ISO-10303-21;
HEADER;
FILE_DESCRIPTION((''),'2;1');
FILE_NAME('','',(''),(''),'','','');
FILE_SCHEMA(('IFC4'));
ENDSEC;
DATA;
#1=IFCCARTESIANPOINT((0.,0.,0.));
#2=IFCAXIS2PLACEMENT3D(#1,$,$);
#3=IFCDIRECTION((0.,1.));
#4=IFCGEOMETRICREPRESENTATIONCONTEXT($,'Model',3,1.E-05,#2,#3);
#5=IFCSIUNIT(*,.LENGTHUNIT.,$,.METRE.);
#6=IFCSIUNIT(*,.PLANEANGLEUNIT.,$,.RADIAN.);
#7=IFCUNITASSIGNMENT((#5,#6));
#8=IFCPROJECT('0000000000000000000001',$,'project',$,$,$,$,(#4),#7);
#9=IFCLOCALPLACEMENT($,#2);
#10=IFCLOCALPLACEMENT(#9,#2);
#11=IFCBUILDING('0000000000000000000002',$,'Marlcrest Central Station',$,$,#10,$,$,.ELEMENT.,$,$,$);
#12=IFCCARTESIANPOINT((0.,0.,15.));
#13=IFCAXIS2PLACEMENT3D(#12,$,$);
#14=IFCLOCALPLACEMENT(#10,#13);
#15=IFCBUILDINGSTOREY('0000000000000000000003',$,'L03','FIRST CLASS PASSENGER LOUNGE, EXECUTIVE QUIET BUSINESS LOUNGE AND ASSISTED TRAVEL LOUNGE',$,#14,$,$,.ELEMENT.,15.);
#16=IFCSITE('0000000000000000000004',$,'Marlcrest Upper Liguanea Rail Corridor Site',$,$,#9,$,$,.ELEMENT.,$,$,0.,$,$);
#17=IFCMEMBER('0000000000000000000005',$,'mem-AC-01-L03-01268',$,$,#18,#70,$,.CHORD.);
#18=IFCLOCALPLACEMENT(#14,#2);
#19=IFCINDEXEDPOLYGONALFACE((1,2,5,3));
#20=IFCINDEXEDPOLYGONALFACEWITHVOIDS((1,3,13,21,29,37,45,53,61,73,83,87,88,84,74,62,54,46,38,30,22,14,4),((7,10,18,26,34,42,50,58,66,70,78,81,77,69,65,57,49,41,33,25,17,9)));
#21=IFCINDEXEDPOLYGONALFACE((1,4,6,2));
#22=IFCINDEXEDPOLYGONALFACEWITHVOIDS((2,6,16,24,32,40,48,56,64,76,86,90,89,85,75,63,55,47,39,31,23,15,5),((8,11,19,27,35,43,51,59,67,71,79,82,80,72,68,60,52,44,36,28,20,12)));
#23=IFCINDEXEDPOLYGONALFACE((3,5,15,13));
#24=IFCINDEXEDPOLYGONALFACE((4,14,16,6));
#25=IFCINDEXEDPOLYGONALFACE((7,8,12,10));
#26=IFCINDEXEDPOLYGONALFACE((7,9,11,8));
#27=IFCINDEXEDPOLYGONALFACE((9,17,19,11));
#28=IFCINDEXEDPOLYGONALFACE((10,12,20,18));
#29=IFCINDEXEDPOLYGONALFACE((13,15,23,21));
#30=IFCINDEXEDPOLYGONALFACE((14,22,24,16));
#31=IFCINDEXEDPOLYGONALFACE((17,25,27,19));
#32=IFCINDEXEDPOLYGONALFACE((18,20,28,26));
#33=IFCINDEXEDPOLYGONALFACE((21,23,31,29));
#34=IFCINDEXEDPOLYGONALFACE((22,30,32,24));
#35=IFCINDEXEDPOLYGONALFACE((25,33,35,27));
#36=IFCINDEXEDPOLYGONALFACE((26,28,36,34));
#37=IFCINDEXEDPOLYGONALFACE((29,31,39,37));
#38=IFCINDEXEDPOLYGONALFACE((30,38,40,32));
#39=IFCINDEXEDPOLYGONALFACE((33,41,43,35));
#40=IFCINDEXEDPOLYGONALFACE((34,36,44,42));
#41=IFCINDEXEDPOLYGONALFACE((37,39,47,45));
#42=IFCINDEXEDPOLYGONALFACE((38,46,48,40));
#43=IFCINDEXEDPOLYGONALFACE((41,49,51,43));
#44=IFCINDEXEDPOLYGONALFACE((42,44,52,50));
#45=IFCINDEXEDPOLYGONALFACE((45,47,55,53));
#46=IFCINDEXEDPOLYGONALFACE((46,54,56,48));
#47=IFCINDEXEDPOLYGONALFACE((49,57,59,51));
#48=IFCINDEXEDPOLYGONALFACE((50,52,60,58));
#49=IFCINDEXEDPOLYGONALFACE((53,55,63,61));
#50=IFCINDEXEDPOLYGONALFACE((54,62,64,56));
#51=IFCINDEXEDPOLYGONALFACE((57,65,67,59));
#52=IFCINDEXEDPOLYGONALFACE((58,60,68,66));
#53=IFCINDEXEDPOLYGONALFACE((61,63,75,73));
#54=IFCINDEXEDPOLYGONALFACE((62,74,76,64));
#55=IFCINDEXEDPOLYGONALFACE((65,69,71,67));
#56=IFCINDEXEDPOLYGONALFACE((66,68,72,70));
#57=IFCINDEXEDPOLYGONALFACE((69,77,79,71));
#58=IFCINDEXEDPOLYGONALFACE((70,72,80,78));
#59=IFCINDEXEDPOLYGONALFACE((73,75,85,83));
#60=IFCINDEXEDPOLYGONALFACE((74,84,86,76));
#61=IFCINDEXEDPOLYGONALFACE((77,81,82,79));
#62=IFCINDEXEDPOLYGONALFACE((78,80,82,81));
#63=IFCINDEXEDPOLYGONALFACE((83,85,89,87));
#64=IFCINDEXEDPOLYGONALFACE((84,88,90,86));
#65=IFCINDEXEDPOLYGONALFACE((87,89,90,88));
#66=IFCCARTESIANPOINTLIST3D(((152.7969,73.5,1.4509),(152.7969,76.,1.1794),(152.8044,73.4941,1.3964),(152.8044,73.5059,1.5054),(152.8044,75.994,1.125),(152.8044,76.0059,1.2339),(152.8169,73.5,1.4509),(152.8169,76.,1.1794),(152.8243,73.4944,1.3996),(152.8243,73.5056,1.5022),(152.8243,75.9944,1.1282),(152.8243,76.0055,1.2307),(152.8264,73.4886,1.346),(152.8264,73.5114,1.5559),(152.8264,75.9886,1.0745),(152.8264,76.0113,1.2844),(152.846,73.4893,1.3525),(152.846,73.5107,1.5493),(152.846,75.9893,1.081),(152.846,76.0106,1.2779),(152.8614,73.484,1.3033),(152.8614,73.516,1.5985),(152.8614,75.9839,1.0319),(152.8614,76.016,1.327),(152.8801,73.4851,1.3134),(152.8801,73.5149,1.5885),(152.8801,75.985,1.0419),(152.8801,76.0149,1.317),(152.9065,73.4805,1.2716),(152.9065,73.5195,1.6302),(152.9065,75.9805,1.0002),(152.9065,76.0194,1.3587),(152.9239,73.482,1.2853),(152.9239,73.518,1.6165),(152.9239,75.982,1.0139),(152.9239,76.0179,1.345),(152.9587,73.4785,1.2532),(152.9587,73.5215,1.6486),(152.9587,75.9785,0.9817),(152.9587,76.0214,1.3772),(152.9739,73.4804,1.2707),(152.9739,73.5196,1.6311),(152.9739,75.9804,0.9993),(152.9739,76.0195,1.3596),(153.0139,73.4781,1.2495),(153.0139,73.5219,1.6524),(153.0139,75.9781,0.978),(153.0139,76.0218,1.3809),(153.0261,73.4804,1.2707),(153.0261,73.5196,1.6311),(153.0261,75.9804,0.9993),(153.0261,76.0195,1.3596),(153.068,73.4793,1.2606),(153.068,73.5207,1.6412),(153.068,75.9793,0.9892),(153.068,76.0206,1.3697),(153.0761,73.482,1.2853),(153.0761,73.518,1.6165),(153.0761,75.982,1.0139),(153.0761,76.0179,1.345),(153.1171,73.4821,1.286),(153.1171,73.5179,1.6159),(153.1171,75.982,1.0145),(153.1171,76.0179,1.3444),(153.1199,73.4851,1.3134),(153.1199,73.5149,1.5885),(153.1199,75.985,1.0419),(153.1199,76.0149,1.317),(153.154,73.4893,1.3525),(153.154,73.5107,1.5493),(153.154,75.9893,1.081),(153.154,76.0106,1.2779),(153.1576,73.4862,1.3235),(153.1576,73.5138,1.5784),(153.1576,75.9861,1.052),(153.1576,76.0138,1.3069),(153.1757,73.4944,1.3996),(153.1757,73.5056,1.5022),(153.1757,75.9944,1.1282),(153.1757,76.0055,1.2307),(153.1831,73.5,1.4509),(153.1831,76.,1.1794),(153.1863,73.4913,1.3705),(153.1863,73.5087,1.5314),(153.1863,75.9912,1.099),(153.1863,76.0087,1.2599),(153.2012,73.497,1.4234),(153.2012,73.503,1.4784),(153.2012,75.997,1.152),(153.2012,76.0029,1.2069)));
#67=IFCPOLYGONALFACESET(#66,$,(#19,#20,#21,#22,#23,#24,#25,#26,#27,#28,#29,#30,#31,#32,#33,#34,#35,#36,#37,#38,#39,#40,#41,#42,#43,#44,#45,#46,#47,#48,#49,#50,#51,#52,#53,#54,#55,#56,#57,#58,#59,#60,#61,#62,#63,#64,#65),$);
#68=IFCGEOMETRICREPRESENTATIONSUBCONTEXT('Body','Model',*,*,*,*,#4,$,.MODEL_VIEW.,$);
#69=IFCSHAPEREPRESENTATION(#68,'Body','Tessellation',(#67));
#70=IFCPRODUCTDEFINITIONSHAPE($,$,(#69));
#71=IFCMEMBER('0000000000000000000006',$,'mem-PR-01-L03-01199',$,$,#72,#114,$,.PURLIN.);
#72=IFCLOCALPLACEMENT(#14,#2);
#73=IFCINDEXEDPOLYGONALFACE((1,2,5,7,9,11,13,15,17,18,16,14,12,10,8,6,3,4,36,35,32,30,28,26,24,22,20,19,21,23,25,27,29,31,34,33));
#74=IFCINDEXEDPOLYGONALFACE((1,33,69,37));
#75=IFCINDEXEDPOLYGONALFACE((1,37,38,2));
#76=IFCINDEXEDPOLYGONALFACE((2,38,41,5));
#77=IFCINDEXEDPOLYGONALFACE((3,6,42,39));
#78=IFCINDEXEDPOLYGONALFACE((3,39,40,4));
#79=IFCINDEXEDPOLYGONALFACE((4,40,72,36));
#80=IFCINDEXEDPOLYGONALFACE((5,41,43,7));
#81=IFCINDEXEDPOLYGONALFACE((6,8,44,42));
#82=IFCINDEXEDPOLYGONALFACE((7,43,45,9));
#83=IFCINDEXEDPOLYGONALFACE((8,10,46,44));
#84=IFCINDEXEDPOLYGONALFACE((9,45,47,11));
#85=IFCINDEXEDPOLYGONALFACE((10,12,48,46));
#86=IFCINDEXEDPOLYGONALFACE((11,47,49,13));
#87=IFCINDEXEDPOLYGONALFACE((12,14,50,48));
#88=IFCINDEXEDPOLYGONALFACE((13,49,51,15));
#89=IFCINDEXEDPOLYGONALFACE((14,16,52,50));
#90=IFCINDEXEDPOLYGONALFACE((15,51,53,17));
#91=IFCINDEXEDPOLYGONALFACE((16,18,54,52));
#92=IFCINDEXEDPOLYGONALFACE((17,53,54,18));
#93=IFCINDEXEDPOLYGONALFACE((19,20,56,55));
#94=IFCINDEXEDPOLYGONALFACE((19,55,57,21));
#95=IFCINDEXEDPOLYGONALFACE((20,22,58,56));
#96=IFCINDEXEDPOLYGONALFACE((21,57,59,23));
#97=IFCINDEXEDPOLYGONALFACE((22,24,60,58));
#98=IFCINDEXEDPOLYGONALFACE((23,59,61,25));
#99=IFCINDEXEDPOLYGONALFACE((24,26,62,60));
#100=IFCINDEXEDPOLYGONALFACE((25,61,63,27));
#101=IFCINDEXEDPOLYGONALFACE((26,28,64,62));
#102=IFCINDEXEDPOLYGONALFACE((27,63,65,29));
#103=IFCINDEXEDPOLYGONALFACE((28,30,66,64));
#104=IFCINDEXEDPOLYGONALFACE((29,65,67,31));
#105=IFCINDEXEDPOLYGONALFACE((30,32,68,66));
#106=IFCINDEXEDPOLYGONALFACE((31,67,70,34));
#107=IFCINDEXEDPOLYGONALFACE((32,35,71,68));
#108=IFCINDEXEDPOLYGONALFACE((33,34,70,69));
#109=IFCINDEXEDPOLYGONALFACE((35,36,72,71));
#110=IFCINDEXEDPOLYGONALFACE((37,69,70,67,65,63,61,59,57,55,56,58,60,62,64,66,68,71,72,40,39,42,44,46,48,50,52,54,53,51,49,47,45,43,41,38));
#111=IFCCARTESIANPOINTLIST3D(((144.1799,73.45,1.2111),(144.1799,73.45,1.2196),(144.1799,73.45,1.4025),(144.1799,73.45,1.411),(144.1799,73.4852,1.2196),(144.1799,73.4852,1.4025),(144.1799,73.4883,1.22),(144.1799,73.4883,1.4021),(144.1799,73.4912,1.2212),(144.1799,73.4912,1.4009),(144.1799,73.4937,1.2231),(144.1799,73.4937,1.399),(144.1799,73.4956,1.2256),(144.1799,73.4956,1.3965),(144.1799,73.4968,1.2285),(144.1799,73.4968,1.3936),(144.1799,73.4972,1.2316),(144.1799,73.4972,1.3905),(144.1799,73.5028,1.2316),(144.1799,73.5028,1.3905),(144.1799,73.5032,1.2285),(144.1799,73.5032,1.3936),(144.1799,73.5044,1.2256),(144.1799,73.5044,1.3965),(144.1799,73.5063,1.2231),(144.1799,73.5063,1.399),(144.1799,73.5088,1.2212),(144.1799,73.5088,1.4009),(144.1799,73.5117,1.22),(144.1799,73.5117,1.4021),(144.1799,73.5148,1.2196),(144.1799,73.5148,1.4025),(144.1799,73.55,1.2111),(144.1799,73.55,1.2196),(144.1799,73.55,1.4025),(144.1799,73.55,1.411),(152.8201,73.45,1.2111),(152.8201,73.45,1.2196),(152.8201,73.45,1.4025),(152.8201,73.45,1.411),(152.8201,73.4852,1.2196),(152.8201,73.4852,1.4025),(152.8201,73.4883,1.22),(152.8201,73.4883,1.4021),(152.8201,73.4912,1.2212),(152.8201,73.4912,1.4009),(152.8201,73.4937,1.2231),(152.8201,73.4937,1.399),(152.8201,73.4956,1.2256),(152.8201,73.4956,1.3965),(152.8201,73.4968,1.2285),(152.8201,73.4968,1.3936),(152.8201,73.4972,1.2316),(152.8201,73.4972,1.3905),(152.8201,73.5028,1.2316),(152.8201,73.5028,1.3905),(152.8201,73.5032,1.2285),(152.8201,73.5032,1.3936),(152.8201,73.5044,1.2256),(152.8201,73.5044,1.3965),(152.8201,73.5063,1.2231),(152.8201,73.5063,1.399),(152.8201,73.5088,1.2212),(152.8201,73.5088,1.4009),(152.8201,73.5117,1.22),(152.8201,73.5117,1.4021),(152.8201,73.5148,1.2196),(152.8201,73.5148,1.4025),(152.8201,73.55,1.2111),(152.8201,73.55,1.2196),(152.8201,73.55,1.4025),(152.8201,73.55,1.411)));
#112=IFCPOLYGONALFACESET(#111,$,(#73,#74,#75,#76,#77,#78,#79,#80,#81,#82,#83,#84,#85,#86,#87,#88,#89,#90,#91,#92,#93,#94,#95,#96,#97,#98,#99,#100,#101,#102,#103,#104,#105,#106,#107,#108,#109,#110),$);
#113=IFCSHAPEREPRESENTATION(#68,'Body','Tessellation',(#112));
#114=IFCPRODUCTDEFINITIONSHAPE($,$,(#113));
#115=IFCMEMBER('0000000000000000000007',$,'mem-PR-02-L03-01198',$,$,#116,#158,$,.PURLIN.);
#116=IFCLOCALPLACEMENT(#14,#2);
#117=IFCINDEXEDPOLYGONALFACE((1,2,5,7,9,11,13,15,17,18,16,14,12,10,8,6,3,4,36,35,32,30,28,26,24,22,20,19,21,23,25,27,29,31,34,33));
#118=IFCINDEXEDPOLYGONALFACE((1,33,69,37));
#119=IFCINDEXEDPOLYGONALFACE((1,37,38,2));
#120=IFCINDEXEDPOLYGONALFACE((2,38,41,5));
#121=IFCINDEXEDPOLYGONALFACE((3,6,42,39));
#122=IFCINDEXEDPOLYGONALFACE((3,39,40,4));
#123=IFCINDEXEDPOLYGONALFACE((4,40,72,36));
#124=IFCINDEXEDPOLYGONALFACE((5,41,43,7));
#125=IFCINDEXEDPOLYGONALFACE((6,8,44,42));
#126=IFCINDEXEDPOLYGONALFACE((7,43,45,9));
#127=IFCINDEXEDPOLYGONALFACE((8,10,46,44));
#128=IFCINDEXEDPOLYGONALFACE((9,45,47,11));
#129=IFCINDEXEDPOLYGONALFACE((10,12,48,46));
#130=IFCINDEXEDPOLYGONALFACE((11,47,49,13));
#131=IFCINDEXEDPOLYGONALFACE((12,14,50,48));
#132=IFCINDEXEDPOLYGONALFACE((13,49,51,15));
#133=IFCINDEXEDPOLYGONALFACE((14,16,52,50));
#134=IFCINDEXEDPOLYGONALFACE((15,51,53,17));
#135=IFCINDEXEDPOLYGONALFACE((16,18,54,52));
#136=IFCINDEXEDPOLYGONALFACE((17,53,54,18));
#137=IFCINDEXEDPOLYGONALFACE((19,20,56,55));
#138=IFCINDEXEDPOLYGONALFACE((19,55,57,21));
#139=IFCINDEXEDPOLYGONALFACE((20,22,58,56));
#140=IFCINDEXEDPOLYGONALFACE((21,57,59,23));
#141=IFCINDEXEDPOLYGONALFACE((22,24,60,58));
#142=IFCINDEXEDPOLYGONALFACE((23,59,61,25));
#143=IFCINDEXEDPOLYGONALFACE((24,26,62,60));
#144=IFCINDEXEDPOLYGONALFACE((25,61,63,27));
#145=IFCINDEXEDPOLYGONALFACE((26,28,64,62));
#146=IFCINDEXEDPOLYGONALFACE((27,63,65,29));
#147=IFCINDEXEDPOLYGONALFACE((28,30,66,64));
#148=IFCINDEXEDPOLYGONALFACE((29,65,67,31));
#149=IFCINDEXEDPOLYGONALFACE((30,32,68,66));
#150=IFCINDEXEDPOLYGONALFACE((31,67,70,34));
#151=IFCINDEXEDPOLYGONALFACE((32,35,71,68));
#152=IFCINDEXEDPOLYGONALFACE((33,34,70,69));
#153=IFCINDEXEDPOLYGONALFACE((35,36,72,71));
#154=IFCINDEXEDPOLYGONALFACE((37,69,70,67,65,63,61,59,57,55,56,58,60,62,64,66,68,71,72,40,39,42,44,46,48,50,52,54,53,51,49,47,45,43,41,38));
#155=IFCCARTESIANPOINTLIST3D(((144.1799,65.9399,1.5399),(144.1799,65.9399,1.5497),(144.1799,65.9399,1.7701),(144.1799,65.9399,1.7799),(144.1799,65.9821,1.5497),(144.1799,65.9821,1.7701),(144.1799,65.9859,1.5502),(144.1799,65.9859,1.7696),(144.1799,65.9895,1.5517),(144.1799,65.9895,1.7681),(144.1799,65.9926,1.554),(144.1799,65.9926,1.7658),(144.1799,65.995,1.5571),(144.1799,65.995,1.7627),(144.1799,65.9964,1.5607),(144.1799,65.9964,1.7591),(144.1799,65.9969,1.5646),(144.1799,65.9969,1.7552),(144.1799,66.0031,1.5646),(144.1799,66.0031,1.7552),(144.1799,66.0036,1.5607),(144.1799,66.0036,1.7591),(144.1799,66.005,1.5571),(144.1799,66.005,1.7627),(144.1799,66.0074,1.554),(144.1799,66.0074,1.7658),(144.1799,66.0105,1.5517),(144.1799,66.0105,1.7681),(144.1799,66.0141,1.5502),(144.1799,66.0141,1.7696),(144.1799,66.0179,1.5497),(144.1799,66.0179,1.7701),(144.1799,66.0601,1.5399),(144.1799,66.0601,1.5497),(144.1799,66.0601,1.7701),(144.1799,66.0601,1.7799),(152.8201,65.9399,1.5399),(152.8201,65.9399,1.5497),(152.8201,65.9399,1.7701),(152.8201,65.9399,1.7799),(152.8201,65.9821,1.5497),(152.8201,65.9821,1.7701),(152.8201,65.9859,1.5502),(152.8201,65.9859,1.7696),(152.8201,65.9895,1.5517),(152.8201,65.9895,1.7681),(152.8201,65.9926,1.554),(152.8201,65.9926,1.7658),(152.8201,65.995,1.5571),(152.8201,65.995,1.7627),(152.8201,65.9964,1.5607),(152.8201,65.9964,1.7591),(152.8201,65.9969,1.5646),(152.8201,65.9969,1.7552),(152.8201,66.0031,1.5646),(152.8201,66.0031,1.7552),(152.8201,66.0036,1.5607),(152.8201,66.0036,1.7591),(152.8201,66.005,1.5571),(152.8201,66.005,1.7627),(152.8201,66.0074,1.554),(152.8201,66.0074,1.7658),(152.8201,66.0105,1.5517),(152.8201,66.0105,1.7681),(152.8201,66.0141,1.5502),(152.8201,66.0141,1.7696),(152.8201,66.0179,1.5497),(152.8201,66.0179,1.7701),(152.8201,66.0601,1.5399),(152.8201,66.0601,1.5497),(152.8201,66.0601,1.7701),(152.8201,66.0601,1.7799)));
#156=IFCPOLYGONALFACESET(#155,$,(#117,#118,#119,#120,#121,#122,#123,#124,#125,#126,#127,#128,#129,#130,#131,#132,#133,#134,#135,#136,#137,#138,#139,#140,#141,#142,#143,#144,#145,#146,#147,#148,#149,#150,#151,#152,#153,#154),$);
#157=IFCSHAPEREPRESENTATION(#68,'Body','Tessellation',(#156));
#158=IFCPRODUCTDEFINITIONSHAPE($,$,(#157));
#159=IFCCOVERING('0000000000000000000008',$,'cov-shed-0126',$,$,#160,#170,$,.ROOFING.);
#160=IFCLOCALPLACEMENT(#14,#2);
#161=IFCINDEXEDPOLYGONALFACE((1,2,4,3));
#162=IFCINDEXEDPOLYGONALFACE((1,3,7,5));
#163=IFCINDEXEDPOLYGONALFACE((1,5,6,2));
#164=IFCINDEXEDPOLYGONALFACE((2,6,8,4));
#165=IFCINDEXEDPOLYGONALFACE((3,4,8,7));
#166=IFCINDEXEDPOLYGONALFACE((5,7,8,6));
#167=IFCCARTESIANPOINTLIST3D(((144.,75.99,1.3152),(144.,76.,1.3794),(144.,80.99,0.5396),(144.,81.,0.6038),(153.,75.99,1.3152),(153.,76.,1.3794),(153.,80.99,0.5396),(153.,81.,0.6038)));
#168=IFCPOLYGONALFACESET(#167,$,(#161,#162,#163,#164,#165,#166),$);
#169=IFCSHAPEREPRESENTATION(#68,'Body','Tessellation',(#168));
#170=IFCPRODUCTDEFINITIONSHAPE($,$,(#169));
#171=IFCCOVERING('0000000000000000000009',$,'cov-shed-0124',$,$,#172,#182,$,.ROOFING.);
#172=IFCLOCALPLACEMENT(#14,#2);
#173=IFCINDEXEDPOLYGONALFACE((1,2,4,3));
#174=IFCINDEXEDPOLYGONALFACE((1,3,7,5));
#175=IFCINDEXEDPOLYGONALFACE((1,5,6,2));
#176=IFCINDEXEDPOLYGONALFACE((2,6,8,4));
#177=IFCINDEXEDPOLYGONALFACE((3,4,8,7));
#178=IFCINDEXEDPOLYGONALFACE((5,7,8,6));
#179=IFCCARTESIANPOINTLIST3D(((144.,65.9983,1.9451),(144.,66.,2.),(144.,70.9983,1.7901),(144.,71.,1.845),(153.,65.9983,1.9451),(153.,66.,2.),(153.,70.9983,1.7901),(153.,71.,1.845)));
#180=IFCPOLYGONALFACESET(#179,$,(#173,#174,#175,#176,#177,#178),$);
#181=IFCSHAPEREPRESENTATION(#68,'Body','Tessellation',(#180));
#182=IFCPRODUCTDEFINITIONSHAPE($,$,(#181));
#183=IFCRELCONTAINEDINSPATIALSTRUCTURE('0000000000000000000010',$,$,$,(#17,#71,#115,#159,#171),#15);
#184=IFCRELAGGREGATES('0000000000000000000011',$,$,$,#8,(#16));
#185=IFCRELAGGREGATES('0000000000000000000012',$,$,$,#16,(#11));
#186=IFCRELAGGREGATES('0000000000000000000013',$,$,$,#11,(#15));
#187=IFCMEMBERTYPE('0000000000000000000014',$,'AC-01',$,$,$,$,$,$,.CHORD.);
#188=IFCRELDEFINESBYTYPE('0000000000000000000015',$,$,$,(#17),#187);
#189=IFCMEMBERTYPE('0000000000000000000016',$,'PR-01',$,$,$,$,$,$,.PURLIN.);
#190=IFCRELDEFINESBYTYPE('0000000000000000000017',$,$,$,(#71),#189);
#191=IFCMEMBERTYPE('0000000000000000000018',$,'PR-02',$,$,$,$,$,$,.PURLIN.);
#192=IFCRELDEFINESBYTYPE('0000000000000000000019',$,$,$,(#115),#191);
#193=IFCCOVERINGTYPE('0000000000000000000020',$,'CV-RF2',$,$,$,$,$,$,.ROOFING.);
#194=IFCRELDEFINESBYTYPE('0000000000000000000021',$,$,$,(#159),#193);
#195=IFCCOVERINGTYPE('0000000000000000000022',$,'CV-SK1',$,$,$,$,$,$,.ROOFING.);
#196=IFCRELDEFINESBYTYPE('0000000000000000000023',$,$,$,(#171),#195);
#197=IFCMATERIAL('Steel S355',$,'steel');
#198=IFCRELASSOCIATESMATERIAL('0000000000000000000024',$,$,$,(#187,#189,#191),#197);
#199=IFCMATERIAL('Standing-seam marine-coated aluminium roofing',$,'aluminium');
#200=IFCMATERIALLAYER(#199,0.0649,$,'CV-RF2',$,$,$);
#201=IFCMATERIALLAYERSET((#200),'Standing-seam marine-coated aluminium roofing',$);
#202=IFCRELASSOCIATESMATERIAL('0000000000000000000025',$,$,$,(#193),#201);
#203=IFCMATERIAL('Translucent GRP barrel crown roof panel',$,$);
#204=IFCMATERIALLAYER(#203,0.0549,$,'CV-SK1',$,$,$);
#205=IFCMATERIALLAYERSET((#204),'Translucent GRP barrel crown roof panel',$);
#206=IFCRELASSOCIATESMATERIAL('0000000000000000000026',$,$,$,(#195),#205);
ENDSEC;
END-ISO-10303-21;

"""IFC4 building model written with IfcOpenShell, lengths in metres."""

from ifc_helpers import new_model, si_unit, direction, frame, origin, origin_2d, place, context, subcontext, project, spatial, polyline, hollow_circle, i_section, outline, extrude, material, layer, layer_set, material_profile, profile_set, type_object, element, save


model = new_model("IFC4")

# Units and contexts
model_context = context("Model", 3, precision=1e-05, world=origin(), true_north=direction((0.0, 1.0)))
body_context = subcontext(model_context, "Body", "Model", "MODEL_VIEW")
ifc_project = project(units=[si_unit("LENGTHUNIT", "METRE"), si_unit("PLANEANGLEUNIT", "RADIAN")], contexts=[model_context])

# Site, building, storey
site_placement = place(None, origin())
site = spatial("IfcSite", under=ifc_project, at=site_placement, Name="Marlcrest Upper Liguanea Rail Corridor Site", CompositionType="ELEMENT", RefElevation=0.0)
building_placement = place(site_placement, origin())
building = spatial("IfcBuilding", under=site, at=building_placement, Name="Marlcrest Central Station", CompositionType="ELEMENT")
storey_placement = place(building_placement, frame((0.0, 0.0, 15.0)))
storey = spatial("IfcBuildingStorey", under=building, at=storey_placement, Name="L03", Description="FIRST CLASS PASSENGER LOUNGE, EXECUTIVE QUIET BUSINESS LOUNGE AND ASSISTED TRAVEL LOUNGE", CompositionType="ELEMENT", Elevation=15.0)

# Members
ifc_material_1 = material(Name="Steel S355", Category="steel")
ifc_material_profile_1 = material_profile(ifc_material_1, hollow_circle(Radius=0.2031, WallThickness=0.02, at=origin_2d()), Name="CHS 406.4x20")
ifc_profile_set_1 = profile_set([ifc_material_profile_1], Name="Steel S355")
member_type_1 = type_object("IfcMemberType", Name="AC-01", PredefinedType="CHORD", material=ifc_profile_set_1)
member_1_placement = place(storey_placement, frame((153.0, 73.5, 1.4509), z_axis=(0.0, 0.994155, -0.107959), x_axis=(-1.0, 0.0, 0.0)))
element("IfcMember", 1, at=member_1_placement, inside=storey, type_object=member_type_1, Name="mem-AC-01-L03-01268", PredefinedType="CHORD", context=body_context, shape_type="SweptSolid", body=[
    extrude(hollow_circle(Radius=0.2031, WallThickness=0.02, at=origin_2d()), origin(), (0.0, 0.0, 1.0), 2.5146),
])
ifc_material_profile_2 = material_profile(ifc_material_1, i_section(OverallWidth=0.1001, OverallDepth=0.2, WebThickness=0.0056, FlangeThickness=0.0085, FilletRadius=0.012, at=origin_2d()), Name="IPE 200")
ifc_profile_set_2 = profile_set([ifc_material_profile_2], Name="Steel S355")
member_type_2 = type_object("IfcMemberType", Name="PR-01", PredefinedType="PURLIN", material=ifc_profile_set_2)
member_2_placement = place(storey_placement, frame((144.1799, 73.5, 1.311), z_axis=(1.0, 0.0, 0.0), x_axis=(0.0, 1.0, 0.0)))
element("IfcMember", 2, at=member_2_placement, inside=storey, type_object=member_type_2, Name="mem-PR-01-L03-01199", PredefinedType="PURLIN", context=body_context, shape_type="SweptSolid", body=[
    extrude(i_section(OverallWidth=0.1001, OverallDepth=0.2, WebThickness=0.0056, FlangeThickness=0.0085, FilletRadius=0.012, at=origin_2d()), origin(), (0.0, 0.0, 1.0), 8.6401),
])
ifc_material_profile_3 = material_profile(ifc_material_1, i_section(OverallWidth=0.1201, OverallDepth=0.24, WebThickness=0.0061, FlangeThickness=0.0098, FilletRadius=0.0149, at=origin_2d()), Name="IPE 240")
ifc_profile_set_3 = profile_set([ifc_material_profile_3], Name="Steel S355")
member_type_3 = type_object("IfcMemberType", Name="PR-02", PredefinedType="PURLIN", material=ifc_profile_set_3)
member_3_placement = place(storey_placement, frame((144.1799, 66.0, 1.6599), z_axis=(1.0, 0.0, 0.0), x_axis=(0.0, 1.0, 0.0)))
element("IfcMember", 3, at=member_3_placement, inside=storey, type_object=member_type_3, Name="mem-PR-02-L03-01198", PredefinedType="PURLIN", context=body_context, shape_type="SweptSolid", body=[
    extrude(i_section(OverallWidth=0.1201, OverallDepth=0.24, WebThickness=0.0061, FlangeThickness=0.0098, FilletRadius=0.0149, at=origin_2d()), origin(), (0.0, 0.0, 1.0), 8.6401),
])

# Coverings
ifc_material_2 = material(Name="Standing-seam marine-coated aluminium roofing", Category="aluminium")
ifc_layer_1 = layer(ifc_material_2, 0.0649, Name="CV-RF2")
ifc_layer_set_1 = layer_set([ifc_layer_1], Name="Standing-seam marine-coated aluminium roofing")
covering_type_1 = type_object("IfcCoveringType", Name="CV-RF2", PredefinedType="ROOFING", material=ifc_layer_set_1)
covering_1_placement = place(storey_placement, frame((144.0, 76.0, 1.3794), z_axis=(0.0, 0.153293, 0.988181), x_axis=(1.0, 0.0, 0.0)))
element("IfcCovering", 4, at=covering_1_placement, inside=storey, type_object=covering_type_1, Name="cov-shed-0126", PredefinedType="ROOFING", context=body_context, shape_type="SweptSolid", body=[
    extrude(outline(polyline([(0.0, 0.0), (9.0, 0.0), (9.0, 5.0598), (0.0, 5.0598), (0.0, 0.0)])), origin(), (0.0, 0.0, -1.0), 0.0649),
])
ifc_material_3 = material(Name="Translucent GRP barrel crown roof panel")
ifc_layer_2 = layer(ifc_material_3, 0.0549, Name="CV-SK1")
ifc_layer_set_2 = layer_set([ifc_layer_2], Name="Translucent GRP barrel crown roof panel")
covering_type_2 = type_object("IfcCoveringType", Name="CV-SK1", PredefinedType="ROOFING", material=ifc_layer_set_2)
covering_2_placement = place(storey_placement, frame((144.0, 66.0, 2.0), z_axis=(0.0, 0.030991, 0.99952), x_axis=(1.0, 0.0, 0.0)))
element("IfcCovering", 5, at=covering_2_placement, inside=storey, type_object=covering_type_2, Name="cov-shed-0124", PredefinedType="ROOFING", context=body_context, shape_type="SweptSolid", body=[
    extrude(outline(polyline([(0.0, 0.0), (9.0, 0.0), (9.0, 5.0024), (0.0, 5.0024), (0.0, 0.0)])), origin(), (0.0, 0.0, -1.0), 0.0549),
])

save(model, "model.ifc")
